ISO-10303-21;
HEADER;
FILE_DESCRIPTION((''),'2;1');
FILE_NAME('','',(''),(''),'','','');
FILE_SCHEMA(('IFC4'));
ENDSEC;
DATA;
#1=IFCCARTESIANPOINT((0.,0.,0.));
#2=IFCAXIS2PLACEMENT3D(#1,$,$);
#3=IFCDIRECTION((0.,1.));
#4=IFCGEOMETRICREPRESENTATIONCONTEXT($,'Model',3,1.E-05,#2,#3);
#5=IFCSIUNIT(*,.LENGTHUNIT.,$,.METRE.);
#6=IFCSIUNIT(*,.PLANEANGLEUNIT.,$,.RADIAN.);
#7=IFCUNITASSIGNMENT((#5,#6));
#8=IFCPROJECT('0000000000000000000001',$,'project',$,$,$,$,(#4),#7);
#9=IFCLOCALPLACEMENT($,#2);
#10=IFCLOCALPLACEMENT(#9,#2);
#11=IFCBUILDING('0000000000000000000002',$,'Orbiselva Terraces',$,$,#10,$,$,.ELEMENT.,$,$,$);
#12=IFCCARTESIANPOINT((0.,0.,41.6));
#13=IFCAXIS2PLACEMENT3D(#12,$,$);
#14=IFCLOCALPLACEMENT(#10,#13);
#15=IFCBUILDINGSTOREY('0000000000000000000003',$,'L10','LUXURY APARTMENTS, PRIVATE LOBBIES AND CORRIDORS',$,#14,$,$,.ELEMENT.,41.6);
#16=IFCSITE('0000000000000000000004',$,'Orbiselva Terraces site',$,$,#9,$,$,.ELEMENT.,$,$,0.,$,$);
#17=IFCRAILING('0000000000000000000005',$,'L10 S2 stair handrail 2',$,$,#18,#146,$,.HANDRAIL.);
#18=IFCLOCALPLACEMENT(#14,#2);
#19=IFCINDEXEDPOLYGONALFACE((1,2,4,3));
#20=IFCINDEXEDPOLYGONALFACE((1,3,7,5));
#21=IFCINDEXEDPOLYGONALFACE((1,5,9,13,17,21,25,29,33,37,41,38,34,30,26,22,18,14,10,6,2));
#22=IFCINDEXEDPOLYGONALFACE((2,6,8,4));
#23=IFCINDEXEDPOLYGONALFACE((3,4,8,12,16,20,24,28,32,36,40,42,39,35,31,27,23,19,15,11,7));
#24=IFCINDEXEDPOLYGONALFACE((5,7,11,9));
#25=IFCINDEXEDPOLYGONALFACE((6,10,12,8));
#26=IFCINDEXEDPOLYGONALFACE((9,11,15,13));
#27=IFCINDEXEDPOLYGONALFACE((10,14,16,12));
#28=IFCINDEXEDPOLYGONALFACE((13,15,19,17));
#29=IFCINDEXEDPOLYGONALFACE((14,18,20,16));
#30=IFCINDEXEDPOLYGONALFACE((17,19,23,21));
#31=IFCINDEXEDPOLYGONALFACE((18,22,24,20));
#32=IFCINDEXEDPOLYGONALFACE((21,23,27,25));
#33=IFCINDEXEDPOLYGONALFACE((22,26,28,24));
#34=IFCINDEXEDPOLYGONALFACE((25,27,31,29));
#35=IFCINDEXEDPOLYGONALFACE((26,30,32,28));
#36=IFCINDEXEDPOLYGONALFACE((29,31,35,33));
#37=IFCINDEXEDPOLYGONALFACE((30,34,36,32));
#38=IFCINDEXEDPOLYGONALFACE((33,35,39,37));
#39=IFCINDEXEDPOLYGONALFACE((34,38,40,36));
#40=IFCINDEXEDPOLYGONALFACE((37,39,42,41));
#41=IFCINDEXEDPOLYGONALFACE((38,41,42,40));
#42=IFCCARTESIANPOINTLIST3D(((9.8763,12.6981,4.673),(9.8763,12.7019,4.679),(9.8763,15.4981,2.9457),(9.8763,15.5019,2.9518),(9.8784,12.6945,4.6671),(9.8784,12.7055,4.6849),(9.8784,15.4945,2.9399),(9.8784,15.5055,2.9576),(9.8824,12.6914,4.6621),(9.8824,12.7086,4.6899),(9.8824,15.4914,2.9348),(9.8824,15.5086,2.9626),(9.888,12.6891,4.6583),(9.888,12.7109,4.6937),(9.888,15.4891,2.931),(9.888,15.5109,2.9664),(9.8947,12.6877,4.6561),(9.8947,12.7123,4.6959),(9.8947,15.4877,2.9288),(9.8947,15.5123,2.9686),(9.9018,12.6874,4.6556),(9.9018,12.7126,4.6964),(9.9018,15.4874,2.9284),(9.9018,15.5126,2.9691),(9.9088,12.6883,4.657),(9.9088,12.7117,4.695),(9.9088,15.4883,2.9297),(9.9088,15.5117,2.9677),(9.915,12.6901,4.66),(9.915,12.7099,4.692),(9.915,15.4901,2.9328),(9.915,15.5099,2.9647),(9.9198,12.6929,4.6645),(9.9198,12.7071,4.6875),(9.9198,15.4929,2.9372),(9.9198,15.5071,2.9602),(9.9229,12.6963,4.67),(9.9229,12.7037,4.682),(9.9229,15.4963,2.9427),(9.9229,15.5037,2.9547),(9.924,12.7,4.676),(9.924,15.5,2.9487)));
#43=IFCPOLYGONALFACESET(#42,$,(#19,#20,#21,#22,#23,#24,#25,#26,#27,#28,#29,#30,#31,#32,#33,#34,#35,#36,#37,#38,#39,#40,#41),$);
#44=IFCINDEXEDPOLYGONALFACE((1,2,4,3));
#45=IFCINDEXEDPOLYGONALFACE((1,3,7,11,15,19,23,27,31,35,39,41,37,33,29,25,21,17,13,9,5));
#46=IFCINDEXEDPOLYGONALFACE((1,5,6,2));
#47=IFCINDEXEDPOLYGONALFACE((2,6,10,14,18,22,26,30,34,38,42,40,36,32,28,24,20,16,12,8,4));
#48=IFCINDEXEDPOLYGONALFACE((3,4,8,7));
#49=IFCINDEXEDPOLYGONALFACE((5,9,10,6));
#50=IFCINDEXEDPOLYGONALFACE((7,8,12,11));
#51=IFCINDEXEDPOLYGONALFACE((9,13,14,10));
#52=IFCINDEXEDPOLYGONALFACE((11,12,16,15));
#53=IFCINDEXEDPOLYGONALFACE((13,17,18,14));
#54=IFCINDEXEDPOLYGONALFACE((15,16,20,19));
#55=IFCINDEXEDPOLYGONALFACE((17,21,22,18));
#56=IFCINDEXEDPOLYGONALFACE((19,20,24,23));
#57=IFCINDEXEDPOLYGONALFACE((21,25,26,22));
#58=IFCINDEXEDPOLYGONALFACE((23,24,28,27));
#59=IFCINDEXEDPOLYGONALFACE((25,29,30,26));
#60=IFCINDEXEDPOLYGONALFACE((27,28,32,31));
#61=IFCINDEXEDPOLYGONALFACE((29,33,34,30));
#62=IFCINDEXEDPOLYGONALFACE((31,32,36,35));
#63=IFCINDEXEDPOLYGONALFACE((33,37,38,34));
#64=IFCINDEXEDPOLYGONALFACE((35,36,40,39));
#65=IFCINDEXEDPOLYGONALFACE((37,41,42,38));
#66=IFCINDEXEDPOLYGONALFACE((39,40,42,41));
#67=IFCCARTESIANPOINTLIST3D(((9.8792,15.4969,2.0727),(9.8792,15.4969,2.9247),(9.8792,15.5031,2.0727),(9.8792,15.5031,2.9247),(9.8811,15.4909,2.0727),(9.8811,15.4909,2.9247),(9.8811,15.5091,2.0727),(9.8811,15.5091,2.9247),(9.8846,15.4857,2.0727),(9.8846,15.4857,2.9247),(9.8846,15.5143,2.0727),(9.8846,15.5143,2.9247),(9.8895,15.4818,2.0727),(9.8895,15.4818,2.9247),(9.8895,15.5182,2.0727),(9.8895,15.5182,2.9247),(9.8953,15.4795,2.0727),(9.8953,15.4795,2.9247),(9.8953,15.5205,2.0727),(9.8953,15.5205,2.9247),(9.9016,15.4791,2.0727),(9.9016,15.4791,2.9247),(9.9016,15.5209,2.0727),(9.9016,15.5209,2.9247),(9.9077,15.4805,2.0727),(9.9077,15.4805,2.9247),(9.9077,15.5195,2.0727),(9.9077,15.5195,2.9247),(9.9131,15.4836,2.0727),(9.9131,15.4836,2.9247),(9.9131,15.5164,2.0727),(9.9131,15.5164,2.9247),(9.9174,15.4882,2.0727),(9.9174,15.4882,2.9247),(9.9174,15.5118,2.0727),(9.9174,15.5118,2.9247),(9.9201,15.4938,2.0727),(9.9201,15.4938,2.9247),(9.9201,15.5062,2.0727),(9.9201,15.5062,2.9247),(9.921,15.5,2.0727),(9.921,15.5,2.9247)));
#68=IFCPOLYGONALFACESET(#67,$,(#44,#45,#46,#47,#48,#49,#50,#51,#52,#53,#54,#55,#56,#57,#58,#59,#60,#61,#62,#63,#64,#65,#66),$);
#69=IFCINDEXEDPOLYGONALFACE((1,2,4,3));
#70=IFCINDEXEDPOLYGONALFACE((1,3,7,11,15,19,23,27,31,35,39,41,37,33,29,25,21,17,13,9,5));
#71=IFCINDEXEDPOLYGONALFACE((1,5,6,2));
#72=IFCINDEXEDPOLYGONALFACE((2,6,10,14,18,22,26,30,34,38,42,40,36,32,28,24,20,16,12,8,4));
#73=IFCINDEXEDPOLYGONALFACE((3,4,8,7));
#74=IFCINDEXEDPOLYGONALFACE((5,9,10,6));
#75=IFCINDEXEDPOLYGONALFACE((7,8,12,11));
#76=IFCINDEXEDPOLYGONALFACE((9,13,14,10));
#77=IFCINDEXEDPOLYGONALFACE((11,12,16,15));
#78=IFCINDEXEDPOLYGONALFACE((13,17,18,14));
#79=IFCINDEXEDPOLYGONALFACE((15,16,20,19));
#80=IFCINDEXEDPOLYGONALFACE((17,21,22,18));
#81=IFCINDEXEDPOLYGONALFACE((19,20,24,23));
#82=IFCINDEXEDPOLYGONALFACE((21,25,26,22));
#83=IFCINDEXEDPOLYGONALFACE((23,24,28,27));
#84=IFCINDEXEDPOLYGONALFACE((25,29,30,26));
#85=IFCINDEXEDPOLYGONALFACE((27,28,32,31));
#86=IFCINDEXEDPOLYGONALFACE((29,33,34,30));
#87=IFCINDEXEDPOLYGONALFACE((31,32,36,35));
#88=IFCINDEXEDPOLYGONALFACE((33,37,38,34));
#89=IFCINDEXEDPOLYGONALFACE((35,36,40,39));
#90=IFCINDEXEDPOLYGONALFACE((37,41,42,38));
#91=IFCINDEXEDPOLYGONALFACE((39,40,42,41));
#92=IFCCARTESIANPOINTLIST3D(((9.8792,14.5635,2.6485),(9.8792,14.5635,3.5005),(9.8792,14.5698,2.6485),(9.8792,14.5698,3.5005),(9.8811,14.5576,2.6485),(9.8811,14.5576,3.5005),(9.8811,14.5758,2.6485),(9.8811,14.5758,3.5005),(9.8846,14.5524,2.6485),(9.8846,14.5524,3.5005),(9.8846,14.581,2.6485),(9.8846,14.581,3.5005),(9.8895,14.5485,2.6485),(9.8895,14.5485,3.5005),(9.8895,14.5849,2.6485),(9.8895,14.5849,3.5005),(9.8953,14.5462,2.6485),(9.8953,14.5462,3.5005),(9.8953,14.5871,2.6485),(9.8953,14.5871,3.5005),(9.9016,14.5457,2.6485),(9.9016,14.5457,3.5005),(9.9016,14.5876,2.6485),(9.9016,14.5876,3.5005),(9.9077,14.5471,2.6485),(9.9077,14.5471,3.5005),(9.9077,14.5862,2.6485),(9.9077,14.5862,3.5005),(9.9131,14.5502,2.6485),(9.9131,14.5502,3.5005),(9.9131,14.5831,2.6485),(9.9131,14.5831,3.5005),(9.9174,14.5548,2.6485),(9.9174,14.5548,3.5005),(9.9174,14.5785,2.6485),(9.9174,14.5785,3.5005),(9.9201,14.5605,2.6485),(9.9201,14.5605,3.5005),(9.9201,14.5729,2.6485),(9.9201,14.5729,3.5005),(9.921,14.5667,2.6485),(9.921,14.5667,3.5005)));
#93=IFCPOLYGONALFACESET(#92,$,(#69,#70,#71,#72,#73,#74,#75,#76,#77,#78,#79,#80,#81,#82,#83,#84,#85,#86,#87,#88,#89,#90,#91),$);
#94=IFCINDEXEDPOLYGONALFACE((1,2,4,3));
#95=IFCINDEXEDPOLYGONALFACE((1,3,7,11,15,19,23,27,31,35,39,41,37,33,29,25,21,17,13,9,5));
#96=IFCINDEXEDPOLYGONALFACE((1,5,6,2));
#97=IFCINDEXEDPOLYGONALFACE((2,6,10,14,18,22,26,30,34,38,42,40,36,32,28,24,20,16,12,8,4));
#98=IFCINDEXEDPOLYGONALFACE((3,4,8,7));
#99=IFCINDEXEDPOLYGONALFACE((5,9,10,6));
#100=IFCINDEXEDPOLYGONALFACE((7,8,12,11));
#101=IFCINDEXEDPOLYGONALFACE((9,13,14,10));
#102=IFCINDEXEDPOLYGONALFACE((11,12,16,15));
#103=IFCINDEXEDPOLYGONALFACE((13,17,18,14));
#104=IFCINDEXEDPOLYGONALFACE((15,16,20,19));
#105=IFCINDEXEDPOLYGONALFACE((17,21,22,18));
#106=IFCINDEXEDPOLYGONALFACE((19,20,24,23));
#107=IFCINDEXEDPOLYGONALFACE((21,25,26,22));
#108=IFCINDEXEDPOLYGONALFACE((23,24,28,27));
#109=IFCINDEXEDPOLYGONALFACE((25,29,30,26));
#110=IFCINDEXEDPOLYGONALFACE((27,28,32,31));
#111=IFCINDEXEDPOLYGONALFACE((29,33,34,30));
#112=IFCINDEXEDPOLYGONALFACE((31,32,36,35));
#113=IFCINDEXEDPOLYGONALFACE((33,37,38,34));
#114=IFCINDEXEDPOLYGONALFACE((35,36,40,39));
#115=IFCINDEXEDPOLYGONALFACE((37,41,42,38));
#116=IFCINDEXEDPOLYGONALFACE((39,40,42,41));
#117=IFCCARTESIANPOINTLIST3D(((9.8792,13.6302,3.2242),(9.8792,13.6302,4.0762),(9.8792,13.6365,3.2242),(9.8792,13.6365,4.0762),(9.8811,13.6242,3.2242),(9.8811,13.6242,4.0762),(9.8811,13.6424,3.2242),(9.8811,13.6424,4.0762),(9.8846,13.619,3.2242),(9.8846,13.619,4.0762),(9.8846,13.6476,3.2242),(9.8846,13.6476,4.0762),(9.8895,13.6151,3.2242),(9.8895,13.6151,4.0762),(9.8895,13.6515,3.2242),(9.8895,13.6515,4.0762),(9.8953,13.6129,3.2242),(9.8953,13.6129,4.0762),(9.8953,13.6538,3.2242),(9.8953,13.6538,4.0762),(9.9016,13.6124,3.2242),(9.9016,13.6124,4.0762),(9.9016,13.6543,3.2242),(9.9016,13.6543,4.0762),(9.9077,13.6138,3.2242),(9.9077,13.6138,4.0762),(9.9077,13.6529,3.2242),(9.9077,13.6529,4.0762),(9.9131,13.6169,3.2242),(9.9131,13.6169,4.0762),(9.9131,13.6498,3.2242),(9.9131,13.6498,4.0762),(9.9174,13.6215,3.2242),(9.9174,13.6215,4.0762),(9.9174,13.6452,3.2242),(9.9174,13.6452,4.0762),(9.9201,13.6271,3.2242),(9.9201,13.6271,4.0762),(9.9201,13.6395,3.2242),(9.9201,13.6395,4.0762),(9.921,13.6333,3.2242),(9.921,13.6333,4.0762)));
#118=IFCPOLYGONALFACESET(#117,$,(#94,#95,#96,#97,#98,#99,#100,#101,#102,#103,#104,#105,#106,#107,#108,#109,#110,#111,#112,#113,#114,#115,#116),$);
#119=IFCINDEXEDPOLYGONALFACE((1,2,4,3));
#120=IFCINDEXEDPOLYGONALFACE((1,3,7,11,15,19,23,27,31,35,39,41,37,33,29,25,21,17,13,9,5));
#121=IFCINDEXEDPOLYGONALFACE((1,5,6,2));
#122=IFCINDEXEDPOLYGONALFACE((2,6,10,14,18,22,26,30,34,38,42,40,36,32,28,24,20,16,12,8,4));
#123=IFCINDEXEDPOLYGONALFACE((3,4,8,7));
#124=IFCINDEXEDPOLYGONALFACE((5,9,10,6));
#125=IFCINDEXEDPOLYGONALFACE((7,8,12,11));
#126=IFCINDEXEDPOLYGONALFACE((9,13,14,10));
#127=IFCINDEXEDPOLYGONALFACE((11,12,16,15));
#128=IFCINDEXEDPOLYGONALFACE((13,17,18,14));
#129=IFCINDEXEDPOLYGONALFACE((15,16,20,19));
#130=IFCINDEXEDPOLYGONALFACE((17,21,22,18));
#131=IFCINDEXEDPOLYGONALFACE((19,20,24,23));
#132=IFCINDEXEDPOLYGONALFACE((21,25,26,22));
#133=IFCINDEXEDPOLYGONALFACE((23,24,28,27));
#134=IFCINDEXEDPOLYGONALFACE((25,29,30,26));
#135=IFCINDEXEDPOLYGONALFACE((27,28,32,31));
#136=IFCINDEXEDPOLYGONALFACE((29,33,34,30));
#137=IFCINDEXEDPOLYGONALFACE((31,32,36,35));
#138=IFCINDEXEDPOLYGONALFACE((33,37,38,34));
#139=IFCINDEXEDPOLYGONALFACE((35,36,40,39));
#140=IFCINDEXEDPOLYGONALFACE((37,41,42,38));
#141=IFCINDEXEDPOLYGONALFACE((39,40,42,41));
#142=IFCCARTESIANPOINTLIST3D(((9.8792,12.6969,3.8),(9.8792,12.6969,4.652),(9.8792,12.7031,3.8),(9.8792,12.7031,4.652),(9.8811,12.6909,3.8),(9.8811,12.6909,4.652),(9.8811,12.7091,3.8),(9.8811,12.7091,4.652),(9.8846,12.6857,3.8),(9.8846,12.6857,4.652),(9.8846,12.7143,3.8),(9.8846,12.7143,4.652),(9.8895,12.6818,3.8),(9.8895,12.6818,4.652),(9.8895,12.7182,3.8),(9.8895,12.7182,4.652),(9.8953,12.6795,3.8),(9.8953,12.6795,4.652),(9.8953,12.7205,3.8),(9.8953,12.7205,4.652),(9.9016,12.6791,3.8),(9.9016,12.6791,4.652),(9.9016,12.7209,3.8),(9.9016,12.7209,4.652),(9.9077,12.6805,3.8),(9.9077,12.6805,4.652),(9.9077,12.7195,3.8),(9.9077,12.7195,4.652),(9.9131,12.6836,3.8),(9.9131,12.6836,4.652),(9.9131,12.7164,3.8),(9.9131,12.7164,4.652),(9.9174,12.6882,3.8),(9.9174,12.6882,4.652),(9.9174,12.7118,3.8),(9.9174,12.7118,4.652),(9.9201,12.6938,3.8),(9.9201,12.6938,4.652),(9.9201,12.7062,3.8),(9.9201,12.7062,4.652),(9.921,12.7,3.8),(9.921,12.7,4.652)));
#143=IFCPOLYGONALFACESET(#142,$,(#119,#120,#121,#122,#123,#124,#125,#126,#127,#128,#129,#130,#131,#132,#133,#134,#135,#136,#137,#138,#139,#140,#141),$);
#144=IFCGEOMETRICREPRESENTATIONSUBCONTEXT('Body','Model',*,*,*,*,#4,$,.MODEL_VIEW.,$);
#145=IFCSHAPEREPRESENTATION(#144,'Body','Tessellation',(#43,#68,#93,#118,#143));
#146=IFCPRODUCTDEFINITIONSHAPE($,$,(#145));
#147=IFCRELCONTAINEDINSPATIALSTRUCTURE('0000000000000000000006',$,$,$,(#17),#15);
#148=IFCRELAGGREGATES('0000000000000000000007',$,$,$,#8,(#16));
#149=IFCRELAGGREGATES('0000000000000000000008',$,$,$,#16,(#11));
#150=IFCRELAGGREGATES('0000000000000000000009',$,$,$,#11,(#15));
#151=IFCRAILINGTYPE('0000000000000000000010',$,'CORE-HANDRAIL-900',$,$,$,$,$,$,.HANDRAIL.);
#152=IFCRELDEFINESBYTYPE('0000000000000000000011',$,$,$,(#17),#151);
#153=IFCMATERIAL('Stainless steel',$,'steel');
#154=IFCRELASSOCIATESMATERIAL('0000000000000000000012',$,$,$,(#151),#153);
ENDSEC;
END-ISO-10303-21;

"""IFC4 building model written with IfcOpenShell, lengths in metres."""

from ifc_helpers import new_model, si_unit, direction, frame, origin, origin_2d, place, context, subcontext, project, spatial, circle, extrude, material, type_object, element, save


model = new_model("IFC4")

# Units and contexts
model_context = context("Model", 3, precision=1e-05, world=origin(), true_north=direction((0.0, 1.0)))
body_context = subcontext(model_context, "Body", "Model", "MODEL_VIEW")
ifc_project = project(units=[si_unit("LENGTHUNIT", "METRE"), si_unit("PLANEANGLEUNIT", "RADIAN")], contexts=[model_context])

# Site, building, storey
site_placement = place(None, origin())
site = spatial("IfcSite", under=ifc_project, at=site_placement, Name="Orbiselva Terraces site", CompositionType="ELEMENT", RefElevation=0.0)
building_placement = place(site_placement, origin())
building = spatial("IfcBuilding", under=site, at=building_placement, Name="Orbiselva Terraces", CompositionType="ELEMENT")
storey_placement = place(building_placement, frame((0.0, 0.0, 41.6)))
storey = spatial("IfcBuildingStorey", under=building, at=storey_placement, Name="L10", Description="LUXURY APARTMENTS, PRIVATE LOBBIES AND CORRIDORS", CompositionType="ELEMENT", Elevation=41.6)

# Railing
ifc_material_1 = material(Name="Stainless steel", Category="steel")
railing_type = type_object("IfcRailingType", Name="CORE-HANDRAIL-900", PredefinedType="HANDRAIL", material=ifc_material_1)
railing_placement = place(storey_placement, frame((9.9, 15.5, 2.0727)))
element("IfcRailing", 1, at=railing_placement, inside=storey, type_object=railing_type, Name="L10 S2 stair handrail 2", PredefinedType="HANDRAIL", context=body_context, shape_type="SweptSolid", body=[
    extrude(circle(Radius=0.024, at=origin_2d()), frame((0.0, 0.0, 0.876), z_axis=(0.0, -0.851089, 0.525022), x_axis=(1.0, 0.0, 0.0)), (0.0, 0.0, 1.0), 3.2899),
    extrude(circle(Radius=0.021, at=origin_2d()), origin(), (0.0, 0.0, 1.0), 0.852),
    extrude(circle(Radius=0.021, at=origin_2d()), frame((0.0, -0.9333, 0.5758)), (0.0, 0.0, 1.0), 0.852),
    extrude(circle(Radius=0.021, at=origin_2d()), frame((0.0, -1.8667, 1.1515)), (0.0, 0.0, 1.0), 0.852),
    extrude(circle(Radius=0.021, at=origin_2d()), frame((0.0, -2.8, 1.7273)), (0.0, 0.0, 1.0), 0.852),
])

save(model, "model.ifc")
